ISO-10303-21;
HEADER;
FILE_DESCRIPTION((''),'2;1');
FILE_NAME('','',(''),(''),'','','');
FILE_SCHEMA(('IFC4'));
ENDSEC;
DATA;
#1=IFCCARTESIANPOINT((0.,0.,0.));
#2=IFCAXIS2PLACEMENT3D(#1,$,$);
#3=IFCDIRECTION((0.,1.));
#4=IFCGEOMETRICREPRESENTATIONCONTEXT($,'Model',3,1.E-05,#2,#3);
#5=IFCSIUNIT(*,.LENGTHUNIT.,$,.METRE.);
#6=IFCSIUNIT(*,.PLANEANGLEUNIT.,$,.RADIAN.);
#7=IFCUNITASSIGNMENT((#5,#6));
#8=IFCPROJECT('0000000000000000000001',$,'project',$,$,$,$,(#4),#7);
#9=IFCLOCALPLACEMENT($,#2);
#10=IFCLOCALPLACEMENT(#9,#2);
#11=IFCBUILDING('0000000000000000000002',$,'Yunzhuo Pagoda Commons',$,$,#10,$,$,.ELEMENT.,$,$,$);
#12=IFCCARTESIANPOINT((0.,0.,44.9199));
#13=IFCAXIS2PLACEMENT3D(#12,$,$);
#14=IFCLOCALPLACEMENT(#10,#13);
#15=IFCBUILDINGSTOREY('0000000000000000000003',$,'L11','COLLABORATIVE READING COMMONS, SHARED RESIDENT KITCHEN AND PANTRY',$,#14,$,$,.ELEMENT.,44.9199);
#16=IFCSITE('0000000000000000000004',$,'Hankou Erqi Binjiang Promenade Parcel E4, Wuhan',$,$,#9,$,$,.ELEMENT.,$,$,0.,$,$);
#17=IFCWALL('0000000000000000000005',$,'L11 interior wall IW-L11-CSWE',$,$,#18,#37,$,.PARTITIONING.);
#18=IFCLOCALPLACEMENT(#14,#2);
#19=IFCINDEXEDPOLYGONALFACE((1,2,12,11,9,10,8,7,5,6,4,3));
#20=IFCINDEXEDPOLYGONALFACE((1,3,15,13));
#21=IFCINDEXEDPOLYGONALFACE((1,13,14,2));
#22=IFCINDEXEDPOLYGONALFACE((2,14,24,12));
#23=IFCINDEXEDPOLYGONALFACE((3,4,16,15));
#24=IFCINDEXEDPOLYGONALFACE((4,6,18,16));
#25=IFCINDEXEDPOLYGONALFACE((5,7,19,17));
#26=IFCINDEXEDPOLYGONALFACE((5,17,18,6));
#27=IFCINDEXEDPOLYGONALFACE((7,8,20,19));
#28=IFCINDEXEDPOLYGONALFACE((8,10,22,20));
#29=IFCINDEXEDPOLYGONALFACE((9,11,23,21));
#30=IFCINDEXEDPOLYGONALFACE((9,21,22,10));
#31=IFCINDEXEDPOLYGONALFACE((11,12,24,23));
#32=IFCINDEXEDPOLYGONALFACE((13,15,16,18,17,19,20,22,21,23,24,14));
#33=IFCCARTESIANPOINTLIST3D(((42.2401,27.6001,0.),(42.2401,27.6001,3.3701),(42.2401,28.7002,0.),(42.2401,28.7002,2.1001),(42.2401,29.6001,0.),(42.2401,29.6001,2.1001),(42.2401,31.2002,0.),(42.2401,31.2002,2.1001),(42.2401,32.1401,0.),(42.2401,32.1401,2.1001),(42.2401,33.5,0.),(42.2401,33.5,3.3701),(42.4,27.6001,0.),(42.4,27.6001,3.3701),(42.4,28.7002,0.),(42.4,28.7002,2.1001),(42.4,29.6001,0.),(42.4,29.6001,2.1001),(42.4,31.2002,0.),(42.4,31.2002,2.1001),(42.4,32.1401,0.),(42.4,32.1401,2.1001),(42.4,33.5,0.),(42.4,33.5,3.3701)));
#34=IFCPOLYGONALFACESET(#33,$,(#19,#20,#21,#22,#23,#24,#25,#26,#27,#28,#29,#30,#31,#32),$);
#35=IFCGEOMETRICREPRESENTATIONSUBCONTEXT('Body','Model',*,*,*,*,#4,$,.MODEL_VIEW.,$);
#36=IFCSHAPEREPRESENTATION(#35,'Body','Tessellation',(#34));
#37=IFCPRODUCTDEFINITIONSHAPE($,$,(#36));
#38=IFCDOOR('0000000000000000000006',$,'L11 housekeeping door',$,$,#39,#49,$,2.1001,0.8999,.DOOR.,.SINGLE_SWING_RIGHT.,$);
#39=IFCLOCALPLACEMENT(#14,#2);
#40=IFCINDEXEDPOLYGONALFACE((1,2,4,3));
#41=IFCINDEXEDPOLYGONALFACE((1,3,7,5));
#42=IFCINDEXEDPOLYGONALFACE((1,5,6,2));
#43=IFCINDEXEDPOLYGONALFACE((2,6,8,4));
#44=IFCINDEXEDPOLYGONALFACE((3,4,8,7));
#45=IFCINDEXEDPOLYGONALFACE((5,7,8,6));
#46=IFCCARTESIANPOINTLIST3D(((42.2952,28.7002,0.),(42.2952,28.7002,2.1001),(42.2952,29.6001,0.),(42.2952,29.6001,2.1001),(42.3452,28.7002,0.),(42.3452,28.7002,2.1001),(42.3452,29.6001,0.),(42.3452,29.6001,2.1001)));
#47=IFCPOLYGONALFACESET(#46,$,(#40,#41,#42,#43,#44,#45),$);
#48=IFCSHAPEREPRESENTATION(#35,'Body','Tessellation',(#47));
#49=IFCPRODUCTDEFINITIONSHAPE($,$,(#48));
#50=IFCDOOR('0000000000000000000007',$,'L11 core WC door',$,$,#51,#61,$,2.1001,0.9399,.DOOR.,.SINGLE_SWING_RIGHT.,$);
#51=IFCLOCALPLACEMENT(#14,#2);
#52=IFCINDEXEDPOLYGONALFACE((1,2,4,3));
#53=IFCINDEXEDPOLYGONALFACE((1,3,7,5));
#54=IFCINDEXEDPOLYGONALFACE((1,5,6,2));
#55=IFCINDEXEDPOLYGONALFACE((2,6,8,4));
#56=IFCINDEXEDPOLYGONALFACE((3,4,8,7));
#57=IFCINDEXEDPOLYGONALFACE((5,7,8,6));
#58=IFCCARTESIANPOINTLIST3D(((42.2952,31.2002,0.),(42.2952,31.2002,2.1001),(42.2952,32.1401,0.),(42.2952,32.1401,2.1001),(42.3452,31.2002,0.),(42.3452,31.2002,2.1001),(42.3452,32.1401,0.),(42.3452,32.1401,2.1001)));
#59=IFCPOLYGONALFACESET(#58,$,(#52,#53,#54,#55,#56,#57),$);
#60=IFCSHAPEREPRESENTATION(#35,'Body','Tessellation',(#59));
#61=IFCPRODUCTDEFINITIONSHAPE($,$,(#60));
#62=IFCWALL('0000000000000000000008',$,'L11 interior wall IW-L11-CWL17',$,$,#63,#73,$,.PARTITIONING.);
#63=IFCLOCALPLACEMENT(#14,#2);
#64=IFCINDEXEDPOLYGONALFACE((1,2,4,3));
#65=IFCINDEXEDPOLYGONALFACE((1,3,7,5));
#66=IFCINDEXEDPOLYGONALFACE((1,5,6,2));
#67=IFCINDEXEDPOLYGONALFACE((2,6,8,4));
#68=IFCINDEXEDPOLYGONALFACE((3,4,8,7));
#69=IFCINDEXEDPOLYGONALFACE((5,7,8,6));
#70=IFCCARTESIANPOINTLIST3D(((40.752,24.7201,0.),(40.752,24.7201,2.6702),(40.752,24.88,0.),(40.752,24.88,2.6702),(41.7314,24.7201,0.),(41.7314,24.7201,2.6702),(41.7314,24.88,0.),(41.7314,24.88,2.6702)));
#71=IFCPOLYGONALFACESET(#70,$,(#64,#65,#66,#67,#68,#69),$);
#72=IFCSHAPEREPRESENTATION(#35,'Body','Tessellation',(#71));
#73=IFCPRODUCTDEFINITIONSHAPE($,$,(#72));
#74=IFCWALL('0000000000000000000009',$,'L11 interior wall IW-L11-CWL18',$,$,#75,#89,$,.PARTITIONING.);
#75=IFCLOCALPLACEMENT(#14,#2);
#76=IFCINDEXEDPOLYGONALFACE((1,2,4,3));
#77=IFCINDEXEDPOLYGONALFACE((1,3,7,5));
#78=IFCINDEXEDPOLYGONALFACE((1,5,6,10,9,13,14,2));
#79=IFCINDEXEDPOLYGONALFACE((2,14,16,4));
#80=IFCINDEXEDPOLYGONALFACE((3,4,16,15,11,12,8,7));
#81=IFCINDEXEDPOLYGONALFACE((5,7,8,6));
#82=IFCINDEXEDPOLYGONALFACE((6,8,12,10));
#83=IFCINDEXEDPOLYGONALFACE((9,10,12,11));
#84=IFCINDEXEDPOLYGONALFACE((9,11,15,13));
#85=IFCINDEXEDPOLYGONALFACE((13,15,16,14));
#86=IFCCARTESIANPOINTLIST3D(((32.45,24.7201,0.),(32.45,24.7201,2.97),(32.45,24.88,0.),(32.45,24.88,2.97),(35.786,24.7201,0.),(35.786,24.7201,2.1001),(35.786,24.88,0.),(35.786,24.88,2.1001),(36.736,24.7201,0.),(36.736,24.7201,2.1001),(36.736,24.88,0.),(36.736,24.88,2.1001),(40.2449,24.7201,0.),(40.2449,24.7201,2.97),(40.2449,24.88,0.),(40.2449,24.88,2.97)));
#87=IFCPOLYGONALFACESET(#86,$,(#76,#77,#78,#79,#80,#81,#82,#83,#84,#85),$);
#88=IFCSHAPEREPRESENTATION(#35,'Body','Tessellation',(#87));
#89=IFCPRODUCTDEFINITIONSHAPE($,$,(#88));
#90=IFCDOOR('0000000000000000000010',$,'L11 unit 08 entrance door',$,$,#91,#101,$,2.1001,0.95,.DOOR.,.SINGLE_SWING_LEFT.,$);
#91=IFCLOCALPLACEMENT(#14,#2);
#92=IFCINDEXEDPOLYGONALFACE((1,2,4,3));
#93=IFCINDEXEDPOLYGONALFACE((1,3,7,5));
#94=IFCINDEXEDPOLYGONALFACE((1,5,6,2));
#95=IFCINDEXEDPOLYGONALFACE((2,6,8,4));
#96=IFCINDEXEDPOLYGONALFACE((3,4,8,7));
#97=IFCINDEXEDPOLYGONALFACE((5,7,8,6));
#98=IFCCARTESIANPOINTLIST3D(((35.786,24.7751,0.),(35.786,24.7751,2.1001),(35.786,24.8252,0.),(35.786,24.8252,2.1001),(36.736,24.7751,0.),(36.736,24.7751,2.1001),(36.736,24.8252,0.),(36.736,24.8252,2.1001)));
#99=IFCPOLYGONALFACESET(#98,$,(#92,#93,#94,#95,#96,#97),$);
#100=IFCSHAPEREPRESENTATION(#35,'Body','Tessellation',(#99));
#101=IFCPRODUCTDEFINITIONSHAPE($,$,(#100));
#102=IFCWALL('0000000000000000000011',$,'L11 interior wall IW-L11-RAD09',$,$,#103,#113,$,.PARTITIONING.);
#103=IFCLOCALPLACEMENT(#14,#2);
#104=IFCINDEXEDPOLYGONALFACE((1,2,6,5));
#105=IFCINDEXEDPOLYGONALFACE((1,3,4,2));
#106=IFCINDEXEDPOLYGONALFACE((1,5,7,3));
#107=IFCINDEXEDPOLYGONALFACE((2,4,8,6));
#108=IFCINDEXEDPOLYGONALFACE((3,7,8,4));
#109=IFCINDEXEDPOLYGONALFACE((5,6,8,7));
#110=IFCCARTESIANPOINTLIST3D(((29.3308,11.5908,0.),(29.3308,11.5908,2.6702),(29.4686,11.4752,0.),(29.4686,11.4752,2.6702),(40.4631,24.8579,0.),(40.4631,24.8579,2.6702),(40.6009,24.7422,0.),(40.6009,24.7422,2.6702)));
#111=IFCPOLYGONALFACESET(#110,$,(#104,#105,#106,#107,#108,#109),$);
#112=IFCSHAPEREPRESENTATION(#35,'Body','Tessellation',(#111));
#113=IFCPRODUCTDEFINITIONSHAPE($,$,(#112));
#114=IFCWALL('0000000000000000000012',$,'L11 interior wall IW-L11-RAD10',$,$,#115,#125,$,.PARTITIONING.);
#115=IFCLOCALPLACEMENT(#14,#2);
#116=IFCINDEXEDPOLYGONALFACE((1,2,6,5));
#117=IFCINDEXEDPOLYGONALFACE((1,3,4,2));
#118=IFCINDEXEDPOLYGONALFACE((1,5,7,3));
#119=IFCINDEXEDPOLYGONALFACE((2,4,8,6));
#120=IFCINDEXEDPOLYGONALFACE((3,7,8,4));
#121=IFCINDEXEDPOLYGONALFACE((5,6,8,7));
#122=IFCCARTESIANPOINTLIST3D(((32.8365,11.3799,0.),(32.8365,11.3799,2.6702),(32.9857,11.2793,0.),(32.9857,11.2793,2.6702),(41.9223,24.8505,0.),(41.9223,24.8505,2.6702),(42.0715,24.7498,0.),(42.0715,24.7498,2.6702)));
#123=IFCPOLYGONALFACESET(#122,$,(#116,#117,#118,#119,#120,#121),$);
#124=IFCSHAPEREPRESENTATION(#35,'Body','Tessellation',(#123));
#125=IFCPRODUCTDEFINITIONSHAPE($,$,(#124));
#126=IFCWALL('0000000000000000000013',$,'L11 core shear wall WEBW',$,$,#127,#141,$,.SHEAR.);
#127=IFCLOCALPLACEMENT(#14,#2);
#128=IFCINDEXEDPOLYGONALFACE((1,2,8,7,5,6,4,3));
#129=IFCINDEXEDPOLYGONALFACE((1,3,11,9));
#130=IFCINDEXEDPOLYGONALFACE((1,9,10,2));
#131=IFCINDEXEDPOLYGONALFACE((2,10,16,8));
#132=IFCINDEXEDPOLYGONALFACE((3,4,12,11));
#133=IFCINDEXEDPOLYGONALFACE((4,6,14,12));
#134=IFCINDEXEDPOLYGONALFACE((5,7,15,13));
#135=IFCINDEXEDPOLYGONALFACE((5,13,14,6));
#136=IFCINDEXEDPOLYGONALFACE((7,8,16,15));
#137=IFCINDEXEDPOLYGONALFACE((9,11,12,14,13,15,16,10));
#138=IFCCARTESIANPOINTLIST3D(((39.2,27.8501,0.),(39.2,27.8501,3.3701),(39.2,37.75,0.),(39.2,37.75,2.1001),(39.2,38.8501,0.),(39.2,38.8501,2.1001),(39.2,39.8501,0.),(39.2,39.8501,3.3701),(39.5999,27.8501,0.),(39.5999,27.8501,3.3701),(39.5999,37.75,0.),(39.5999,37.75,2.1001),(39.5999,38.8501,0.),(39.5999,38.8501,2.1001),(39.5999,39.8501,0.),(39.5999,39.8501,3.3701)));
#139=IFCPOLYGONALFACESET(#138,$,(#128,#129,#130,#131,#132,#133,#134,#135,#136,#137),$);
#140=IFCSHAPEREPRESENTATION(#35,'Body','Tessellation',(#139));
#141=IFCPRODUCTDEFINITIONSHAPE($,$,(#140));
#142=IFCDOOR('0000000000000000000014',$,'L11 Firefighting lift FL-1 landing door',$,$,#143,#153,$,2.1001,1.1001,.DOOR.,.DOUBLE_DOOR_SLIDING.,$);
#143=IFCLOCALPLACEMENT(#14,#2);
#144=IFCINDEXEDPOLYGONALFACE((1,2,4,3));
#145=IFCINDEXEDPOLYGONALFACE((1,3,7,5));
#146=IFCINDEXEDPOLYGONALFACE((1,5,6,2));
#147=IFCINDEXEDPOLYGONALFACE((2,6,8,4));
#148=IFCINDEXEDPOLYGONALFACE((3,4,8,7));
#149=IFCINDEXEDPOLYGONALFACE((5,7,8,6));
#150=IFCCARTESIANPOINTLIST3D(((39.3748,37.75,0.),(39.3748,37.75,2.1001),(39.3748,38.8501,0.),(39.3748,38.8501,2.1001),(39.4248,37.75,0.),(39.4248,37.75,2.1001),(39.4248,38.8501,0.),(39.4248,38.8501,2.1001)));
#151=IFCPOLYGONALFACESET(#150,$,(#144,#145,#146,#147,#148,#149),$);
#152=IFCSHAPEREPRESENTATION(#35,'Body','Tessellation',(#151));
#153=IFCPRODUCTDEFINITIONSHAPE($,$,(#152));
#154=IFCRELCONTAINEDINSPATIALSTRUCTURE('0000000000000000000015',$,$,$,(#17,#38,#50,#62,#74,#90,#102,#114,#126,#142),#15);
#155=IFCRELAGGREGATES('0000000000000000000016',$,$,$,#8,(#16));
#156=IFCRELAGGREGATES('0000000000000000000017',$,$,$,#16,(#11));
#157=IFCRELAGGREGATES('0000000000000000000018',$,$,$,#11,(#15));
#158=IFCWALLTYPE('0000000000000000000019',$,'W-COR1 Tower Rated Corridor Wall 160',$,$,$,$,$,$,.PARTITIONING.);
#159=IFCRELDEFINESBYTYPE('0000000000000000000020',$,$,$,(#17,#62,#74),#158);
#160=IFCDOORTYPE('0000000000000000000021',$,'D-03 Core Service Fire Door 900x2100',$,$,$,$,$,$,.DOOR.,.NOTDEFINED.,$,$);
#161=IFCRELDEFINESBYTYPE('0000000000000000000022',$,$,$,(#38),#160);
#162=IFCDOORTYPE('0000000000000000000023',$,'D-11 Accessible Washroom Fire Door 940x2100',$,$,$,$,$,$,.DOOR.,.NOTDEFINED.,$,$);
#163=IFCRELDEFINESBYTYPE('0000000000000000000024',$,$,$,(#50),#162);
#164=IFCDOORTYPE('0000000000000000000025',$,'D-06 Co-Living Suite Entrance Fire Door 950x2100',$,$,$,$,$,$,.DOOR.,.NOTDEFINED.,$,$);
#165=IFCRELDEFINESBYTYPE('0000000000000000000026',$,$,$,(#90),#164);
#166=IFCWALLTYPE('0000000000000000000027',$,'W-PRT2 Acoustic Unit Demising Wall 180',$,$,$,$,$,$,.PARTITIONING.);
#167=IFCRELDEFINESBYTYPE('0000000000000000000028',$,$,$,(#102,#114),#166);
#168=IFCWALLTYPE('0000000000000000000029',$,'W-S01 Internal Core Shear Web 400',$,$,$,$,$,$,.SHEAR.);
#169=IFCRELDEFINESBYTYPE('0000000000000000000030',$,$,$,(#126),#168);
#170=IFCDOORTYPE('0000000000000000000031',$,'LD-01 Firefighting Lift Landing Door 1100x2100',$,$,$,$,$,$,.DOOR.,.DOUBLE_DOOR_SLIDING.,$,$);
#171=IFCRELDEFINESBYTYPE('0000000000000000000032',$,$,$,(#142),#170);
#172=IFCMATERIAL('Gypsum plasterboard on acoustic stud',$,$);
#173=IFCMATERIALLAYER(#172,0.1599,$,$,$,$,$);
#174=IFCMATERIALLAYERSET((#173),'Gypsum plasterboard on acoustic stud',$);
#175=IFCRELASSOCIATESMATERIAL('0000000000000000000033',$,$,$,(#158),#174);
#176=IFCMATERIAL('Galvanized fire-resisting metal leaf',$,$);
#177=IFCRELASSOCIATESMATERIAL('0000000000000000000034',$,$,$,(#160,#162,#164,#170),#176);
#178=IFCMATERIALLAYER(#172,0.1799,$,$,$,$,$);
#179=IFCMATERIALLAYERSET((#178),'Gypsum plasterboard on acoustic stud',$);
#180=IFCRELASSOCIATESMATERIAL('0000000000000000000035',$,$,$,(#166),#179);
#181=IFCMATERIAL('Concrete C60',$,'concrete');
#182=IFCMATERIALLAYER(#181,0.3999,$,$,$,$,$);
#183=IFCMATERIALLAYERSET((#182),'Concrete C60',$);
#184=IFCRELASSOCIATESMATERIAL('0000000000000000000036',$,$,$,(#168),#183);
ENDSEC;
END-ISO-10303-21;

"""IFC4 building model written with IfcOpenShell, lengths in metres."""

from ifc_helpers import new_model, si_unit, direction, frame, frame_2d, origin, origin_with_axes, place, context, subcontext, project, spatial, rectangle, extrude, source, transform, mapped, material, layer, layer_set, type_object, element, fill, save


model = new_model("IFC4")

# Units and contexts
model_context = context("Model", 3, precision=1e-05, world=origin(), true_north=direction((0.0, 1.0)))
body_context = subcontext(model_context, "Body", "Model", "MODEL_VIEW")
ifc_project = project(units=[si_unit("LENGTHUNIT", "METRE"), si_unit("PLANEANGLEUNIT", "RADIAN")], contexts=[model_context])

# Site, building, storey
site_placement = place(None, origin())
site = spatial("IfcSite", under=ifc_project, at=site_placement, Name="Hankou Erqi Binjiang Promenade Parcel E4, Wuhan", CompositionType="ELEMENT", RefElevation=0.0)
building_placement = place(site_placement, origin())
building = spatial("IfcBuilding", under=site, at=building_placement, Name="Yunzhuo Pagoda Commons", CompositionType="ELEMENT")
storey_placement = place(building_placement, frame((0.0, 0.0, 44.9199)))
storey = spatial("IfcBuildingStorey", under=building, at=storey_placement, Name="L11", Description="COLLABORATIVE READING COMMONS, SHARED RESIDENT KITCHEN AND PANTRY", CompositionType="ELEMENT", Elevation=44.9199)

# Shared definitions
ifc_material_1 = material(Name="Concrete C60", Category="concrete")

# Wall, openings, doors
ifc_material_2 = material(Name="Gypsum plasterboard on acoustic stud")
ifc_layer_1 = layer(ifc_material_2, 0.1599)
ifc_layer_set_1 = layer_set([ifc_layer_1], Name="Gypsum plasterboard on acoustic stud")
wall_type_1 = type_object("IfcWallType", Name="W-COR1 Tower Rated Corridor Wall 160", PredefinedType="PARTITIONING", material=ifc_layer_set_1)
wall_1_placement = place(storey_placement, frame((42.3201, 27.6001, 0.0), z_axis=(0.0, 0.0, 1.0), x_axis=(0.0, 1.0, 0.0)))
wall_1 = element("IfcWall", 1, at=wall_1_placement, inside=storey, type_object=wall_type_1, Name="L11 interior wall IW-L11-CSWE", PredefinedType="PARTITIONING", context=body_context, shape_type="SweptSolid", body=[
    extrude(rectangle(XDim=5.8999, YDim=0.1599, at=frame_2d((2.95, 0.0))), origin(), (0.0, 0.0, 1.0), 3.3701),
])
opening_1_placement = place(wall_1_placement, frame((1.1001, 0.0, 0.0)))
opening_1 = element("IfcOpeningElement", 2, at=opening_1_placement, cuts=wall_1, PredefinedType="OPENING", context=body_context, shape_type="SweptSolid", body=[
    extrude(rectangle(XDim=0.8999, YDim=2.1001, at=frame_2d((0.45, 1.05))), frame((0.0, 0.0898, 0.0), z_axis=(0.0, -1.0, 0.0), x_axis=(1.0, 0.0, 0.0)), (0.0, 0.0, 1.0), 0.1799),
])
opening_2_placement = place(wall_1_placement, frame((3.6001, 0.0, 0.0)))
opening_2 = element("IfcOpeningElement", 3, at=opening_2_placement, cuts=wall_1, PredefinedType="OPENING", context=body_context, shape_type="SweptSolid", body=[
    extrude(rectangle(XDim=0.9399, YDim=2.1001, at=frame_2d((0.47, 1.05))), frame((0.0, 0.0898, 0.0), z_axis=(0.0, -1.0, 0.0), x_axis=(1.0, 0.0, 0.0)), (0.0, 0.0, 1.0), 0.1799),
])
ifc_material_3 = material(Name="Galvanized fire-resisting metal leaf")
door_type_1 = type_object("IfcDoorType", Name="D-03 Core Service Fire Door 900x2100", OperationType="NOTDEFINED", PredefinedType="DOOR", material=ifc_material_3)
shared_shape_1 = source(origin(), body_context, "Body", "SweptSolid", [
    extrude(rectangle(XDim=0.8999, YDim=2.1001, at=frame_2d((0.45, 1.05))), frame((0.0, 0.0249, 0.0), z_axis=(0.0, -1.0, 0.0), x_axis=(1.0, 0.0, 0.0)), (0.0, 0.0, 1.0), 0.05),
])
door_1_placement = place(opening_1_placement, origin_with_axes())
door_1 = element("IfcDoor", 4, at=door_1_placement, inside=storey, type_object=door_type_1, Name="L11 housekeeping door", OperationType="SINGLE_SWING_RIGHT", OverallHeight=2.1001, OverallWidth=0.8999, PredefinedType="DOOR", context=body_context, shape_type="MappedRepresentation", body=[
    mapped(shared_shape_1, transform((0.0, 0.0, 0.0), scale=1.0)),
])
fill(opening_1, door_1)
door_type_2 = type_object("IfcDoorType", Name="D-11 Accessible Washroom Fire Door 940x2100", OperationType="NOTDEFINED", PredefinedType="DOOR", material=ifc_material_3)
shared_shape_2 = source(origin(), body_context, "Body", "SweptSolid", [
    extrude(rectangle(XDim=0.9399, YDim=2.1001, at=frame_2d((0.47, 1.05))), frame((0.0, 0.0249, 0.0), z_axis=(0.0, -1.0, 0.0), x_axis=(1.0, 0.0, 0.0)), (0.0, 0.0, 1.0), 0.05),
])
door_2_placement = place(opening_2_placement, origin_with_axes())
door_2 = element("IfcDoor", 5, at=door_2_placement, inside=storey, type_object=door_type_2, Name="L11 core WC door", OperationType="SINGLE_SWING_RIGHT", OverallHeight=2.1001, OverallWidth=0.9399, PredefinedType="DOOR", context=body_context, shape_type="MappedRepresentation", body=[
    mapped(shared_shape_2, transform((0.0, 0.0, 0.0), scale=1.0)),
])
fill(opening_2, door_2)

# Wall
wall_2_placement = place(storey_placement, frame((41.7314, 24.8, 0.0), z_axis=(0.0, 0.0, 1.0), x_axis=(-1.0, 0.0, 0.0)))
element("IfcWall", 6, at=wall_2_placement, inside=storey, type_object=wall_type_1, Name="L11 interior wall IW-L11-CWL17", PredefinedType="PARTITIONING", context=body_context, shape_type="SweptSolid", body=[
    extrude(rectangle(XDim=0.9795, YDim=0.1599, at=frame_2d((0.4897, 0.0))), origin(), (0.0, 0.0, 1.0), 2.6702),
])

# Wall, opening, door
wall_3_placement = place(storey_placement, frame((40.2449, 24.8, 0.0), z_axis=(0.0, 0.0, 1.0), x_axis=(-1.0, 0.0, 0.0)))
wall_3 = element("IfcWall", 7, at=wall_3_placement, inside=storey, type_object=wall_type_1, Name="L11 interior wall IW-L11-CWL18", PredefinedType="PARTITIONING", context=body_context, shape_type="SweptSolid", body=[
    extrude(rectangle(XDim=7.7949, YDim=0.1599, at=frame_2d((3.8975, 0.0))), origin(), (0.0, 0.0, 1.0), 2.97),
])
opening_3_placement = place(wall_3_placement, frame((3.5088, 0.0, 0.0)))
opening_3 = element("IfcOpeningElement", 8, at=opening_3_placement, cuts=wall_3, PredefinedType="OPENING", context=body_context, shape_type="SweptSolid", body=[
    extrude(rectangle(XDim=0.95, YDim=2.1001, at=frame_2d((0.4751, 1.05))), frame((0.0, 0.0898, 0.0), z_axis=(0.0, -1.0, 0.0), x_axis=(1.0, 0.0, 0.0)), (0.0, 0.0, 1.0), 0.1799),
])
door_type_3 = type_object("IfcDoorType", Name="D-06 Co-Living Suite Entrance Fire Door 950x2100", OperationType="NOTDEFINED", PredefinedType="DOOR", material=ifc_material_3)
shared_shape_3 = source(origin(), body_context, "Body", "SweptSolid", [
    extrude(rectangle(XDim=0.95, YDim=2.1001, at=frame_2d((0.4751, 1.05))), frame((0.0, 0.0249, 0.0), z_axis=(0.0, -1.0, 0.0), x_axis=(1.0, 0.0, 0.0)), (0.0, 0.0, 1.0), 0.05),
])
door_3_placement = place(opening_3_placement, origin_with_axes())
door_3 = element("IfcDoor", 9, at=door_3_placement, inside=storey, type_object=door_type_3, Name="L11 unit 08 entrance door", OperationType="SINGLE_SWING_LEFT", OverallHeight=2.1001, OverallWidth=0.95, PredefinedType="DOOR", context=body_context, shape_type="MappedRepresentation", body=[
    mapped(shared_shape_3, transform((0.0, 0.0, 0.0), scale=1.0)),
])
fill(opening_3, door_3)

# Walls
ifc_layer_2 = layer(ifc_material_2, 0.1799)
ifc_layer_set_2 = layer_set([ifc_layer_2], Name="Gypsum plasterboard on acoustic stud")
wall_type_2 = type_object("IfcWallType", Name="W-PRT2 Acoustic Unit Demising Wall 180", PredefinedType="PARTITIONING", material=ifc_layer_set_2)
wall_4_placement = place(storey_placement, frame((40.532, 24.8, 0.0), z_axis=(0.0, 0.0, 1.0), x_axis=(-0.642785, -0.766047, 0.0)))
element("IfcWall", 10, at=wall_4_placement, inside=storey, type_object=wall_type_2, Name="L11 interior wall IW-L11-RAD09", PredefinedType="PARTITIONING", context=body_context, shape_type="SweptSolid", body=[
    extrude(rectangle(XDim=17.3188, YDim=0.1799, at=frame_2d((8.6594, 0.0))), origin(), (0.0, 0.0, 1.0), 2.6702),
])
wall_5_placement = place(storey_placement, frame((41.9968, 24.8, 0.0), z_axis=(0.0, 0.0, 1.0), x_axis=(-0.559182, -0.829045, 0.0)))
element("IfcWall", 11, at=wall_5_placement, inside=storey, type_object=wall_type_2, Name="L11 interior wall IW-L11-RAD10", PredefinedType="PARTITIONING", context=body_context, shape_type="SweptSolid", body=[
    extrude(rectangle(XDim=16.2483, YDim=0.1799, at=frame_2d((8.124, 0.0))), origin(), (0.0, 0.0, 1.0), 2.6702),
])

# Wall, opening, door
ifc_layer_3 = layer(ifc_material_1, 0.3999)
ifc_layer_set_3 = layer_set([ifc_layer_3], Name="Concrete C60")
wall_type_3 = type_object("IfcWallType", Name="W-S01 Internal Core Shear Web 400", PredefinedType="SHEAR", material=ifc_layer_set_3)
wall_6_placement = place(storey_placement, frame((39.3999, 27.8501, 0.0), z_axis=(0.0, 0.0, 1.0), x_axis=(0.0, 1.0, 0.0)))
wall_6 = element("IfcWall", 12, at=wall_6_placement, inside=storey, type_object=wall_type_3, Name="L11 core shear wall WEBW", PredefinedType="SHEAR", context=body_context, shape_type="SweptSolid", body=[
    extrude(rectangle(XDim=12.0, YDim=0.3999, at=frame_2d((6.0, 0.0))), origin(), (0.0, 0.0, 1.0), 3.3701),
])
opening_4_placement = place(wall_6_placement, frame((9.8999, 0.0, 0.0)))
opening_4 = element("IfcOpeningElement", 13, at=opening_4_placement, cuts=wall_6, PredefinedType="OPENING", context=body_context, shape_type="SweptSolid", body=[
    extrude(rectangle(XDim=1.1001, YDim=2.1001, at=frame_2d((0.55, 1.05))), frame((0.0, 0.21, 0.0), z_axis=(0.0, -1.0, 0.0), x_axis=(1.0, 0.0, 0.0)), (0.0, 0.0, 1.0), 0.4199),
])
door_type_4 = type_object("IfcDoorType", Name="LD-01 Firefighting Lift Landing Door 1100x2100", OperationType="DOUBLE_DOOR_SLIDING", PredefinedType="DOOR", material=ifc_material_3)
shared_shape_4 = source(origin(), body_context, "Body", "SweptSolid", [
    extrude(rectangle(XDim=1.1001, YDim=2.1001, at=frame_2d((0.55, 1.05))), frame((0.0, 0.0249, 0.0), z_axis=(0.0, -1.0, 0.0), x_axis=(1.0, 0.0, 0.0)), (0.0, 0.0, 1.0), 0.05),
])
door_4_placement = place(opening_4_placement, frame((1.1001, 0.0, 0.0), z_axis=(0.0, 0.0, 1.0), x_axis=(-1.0, 0.0, 0.0)))
door_4 = element("IfcDoor", 14, at=door_4_placement, inside=storey, type_object=door_type_4, Name="L11 Firefighting lift FL-1 landing door", OperationType="DOUBLE_DOOR_SLIDING", OverallHeight=2.1001, OverallWidth=1.1001, PredefinedType="DOOR", context=body_context, shape_type="MappedRepresentation", body=[
    mapped(shared_shape_4, transform((0.0, 0.0, 0.0), scale=1.0)),
])
fill(opening_4, door_4)

save(model, "model.ifc")
